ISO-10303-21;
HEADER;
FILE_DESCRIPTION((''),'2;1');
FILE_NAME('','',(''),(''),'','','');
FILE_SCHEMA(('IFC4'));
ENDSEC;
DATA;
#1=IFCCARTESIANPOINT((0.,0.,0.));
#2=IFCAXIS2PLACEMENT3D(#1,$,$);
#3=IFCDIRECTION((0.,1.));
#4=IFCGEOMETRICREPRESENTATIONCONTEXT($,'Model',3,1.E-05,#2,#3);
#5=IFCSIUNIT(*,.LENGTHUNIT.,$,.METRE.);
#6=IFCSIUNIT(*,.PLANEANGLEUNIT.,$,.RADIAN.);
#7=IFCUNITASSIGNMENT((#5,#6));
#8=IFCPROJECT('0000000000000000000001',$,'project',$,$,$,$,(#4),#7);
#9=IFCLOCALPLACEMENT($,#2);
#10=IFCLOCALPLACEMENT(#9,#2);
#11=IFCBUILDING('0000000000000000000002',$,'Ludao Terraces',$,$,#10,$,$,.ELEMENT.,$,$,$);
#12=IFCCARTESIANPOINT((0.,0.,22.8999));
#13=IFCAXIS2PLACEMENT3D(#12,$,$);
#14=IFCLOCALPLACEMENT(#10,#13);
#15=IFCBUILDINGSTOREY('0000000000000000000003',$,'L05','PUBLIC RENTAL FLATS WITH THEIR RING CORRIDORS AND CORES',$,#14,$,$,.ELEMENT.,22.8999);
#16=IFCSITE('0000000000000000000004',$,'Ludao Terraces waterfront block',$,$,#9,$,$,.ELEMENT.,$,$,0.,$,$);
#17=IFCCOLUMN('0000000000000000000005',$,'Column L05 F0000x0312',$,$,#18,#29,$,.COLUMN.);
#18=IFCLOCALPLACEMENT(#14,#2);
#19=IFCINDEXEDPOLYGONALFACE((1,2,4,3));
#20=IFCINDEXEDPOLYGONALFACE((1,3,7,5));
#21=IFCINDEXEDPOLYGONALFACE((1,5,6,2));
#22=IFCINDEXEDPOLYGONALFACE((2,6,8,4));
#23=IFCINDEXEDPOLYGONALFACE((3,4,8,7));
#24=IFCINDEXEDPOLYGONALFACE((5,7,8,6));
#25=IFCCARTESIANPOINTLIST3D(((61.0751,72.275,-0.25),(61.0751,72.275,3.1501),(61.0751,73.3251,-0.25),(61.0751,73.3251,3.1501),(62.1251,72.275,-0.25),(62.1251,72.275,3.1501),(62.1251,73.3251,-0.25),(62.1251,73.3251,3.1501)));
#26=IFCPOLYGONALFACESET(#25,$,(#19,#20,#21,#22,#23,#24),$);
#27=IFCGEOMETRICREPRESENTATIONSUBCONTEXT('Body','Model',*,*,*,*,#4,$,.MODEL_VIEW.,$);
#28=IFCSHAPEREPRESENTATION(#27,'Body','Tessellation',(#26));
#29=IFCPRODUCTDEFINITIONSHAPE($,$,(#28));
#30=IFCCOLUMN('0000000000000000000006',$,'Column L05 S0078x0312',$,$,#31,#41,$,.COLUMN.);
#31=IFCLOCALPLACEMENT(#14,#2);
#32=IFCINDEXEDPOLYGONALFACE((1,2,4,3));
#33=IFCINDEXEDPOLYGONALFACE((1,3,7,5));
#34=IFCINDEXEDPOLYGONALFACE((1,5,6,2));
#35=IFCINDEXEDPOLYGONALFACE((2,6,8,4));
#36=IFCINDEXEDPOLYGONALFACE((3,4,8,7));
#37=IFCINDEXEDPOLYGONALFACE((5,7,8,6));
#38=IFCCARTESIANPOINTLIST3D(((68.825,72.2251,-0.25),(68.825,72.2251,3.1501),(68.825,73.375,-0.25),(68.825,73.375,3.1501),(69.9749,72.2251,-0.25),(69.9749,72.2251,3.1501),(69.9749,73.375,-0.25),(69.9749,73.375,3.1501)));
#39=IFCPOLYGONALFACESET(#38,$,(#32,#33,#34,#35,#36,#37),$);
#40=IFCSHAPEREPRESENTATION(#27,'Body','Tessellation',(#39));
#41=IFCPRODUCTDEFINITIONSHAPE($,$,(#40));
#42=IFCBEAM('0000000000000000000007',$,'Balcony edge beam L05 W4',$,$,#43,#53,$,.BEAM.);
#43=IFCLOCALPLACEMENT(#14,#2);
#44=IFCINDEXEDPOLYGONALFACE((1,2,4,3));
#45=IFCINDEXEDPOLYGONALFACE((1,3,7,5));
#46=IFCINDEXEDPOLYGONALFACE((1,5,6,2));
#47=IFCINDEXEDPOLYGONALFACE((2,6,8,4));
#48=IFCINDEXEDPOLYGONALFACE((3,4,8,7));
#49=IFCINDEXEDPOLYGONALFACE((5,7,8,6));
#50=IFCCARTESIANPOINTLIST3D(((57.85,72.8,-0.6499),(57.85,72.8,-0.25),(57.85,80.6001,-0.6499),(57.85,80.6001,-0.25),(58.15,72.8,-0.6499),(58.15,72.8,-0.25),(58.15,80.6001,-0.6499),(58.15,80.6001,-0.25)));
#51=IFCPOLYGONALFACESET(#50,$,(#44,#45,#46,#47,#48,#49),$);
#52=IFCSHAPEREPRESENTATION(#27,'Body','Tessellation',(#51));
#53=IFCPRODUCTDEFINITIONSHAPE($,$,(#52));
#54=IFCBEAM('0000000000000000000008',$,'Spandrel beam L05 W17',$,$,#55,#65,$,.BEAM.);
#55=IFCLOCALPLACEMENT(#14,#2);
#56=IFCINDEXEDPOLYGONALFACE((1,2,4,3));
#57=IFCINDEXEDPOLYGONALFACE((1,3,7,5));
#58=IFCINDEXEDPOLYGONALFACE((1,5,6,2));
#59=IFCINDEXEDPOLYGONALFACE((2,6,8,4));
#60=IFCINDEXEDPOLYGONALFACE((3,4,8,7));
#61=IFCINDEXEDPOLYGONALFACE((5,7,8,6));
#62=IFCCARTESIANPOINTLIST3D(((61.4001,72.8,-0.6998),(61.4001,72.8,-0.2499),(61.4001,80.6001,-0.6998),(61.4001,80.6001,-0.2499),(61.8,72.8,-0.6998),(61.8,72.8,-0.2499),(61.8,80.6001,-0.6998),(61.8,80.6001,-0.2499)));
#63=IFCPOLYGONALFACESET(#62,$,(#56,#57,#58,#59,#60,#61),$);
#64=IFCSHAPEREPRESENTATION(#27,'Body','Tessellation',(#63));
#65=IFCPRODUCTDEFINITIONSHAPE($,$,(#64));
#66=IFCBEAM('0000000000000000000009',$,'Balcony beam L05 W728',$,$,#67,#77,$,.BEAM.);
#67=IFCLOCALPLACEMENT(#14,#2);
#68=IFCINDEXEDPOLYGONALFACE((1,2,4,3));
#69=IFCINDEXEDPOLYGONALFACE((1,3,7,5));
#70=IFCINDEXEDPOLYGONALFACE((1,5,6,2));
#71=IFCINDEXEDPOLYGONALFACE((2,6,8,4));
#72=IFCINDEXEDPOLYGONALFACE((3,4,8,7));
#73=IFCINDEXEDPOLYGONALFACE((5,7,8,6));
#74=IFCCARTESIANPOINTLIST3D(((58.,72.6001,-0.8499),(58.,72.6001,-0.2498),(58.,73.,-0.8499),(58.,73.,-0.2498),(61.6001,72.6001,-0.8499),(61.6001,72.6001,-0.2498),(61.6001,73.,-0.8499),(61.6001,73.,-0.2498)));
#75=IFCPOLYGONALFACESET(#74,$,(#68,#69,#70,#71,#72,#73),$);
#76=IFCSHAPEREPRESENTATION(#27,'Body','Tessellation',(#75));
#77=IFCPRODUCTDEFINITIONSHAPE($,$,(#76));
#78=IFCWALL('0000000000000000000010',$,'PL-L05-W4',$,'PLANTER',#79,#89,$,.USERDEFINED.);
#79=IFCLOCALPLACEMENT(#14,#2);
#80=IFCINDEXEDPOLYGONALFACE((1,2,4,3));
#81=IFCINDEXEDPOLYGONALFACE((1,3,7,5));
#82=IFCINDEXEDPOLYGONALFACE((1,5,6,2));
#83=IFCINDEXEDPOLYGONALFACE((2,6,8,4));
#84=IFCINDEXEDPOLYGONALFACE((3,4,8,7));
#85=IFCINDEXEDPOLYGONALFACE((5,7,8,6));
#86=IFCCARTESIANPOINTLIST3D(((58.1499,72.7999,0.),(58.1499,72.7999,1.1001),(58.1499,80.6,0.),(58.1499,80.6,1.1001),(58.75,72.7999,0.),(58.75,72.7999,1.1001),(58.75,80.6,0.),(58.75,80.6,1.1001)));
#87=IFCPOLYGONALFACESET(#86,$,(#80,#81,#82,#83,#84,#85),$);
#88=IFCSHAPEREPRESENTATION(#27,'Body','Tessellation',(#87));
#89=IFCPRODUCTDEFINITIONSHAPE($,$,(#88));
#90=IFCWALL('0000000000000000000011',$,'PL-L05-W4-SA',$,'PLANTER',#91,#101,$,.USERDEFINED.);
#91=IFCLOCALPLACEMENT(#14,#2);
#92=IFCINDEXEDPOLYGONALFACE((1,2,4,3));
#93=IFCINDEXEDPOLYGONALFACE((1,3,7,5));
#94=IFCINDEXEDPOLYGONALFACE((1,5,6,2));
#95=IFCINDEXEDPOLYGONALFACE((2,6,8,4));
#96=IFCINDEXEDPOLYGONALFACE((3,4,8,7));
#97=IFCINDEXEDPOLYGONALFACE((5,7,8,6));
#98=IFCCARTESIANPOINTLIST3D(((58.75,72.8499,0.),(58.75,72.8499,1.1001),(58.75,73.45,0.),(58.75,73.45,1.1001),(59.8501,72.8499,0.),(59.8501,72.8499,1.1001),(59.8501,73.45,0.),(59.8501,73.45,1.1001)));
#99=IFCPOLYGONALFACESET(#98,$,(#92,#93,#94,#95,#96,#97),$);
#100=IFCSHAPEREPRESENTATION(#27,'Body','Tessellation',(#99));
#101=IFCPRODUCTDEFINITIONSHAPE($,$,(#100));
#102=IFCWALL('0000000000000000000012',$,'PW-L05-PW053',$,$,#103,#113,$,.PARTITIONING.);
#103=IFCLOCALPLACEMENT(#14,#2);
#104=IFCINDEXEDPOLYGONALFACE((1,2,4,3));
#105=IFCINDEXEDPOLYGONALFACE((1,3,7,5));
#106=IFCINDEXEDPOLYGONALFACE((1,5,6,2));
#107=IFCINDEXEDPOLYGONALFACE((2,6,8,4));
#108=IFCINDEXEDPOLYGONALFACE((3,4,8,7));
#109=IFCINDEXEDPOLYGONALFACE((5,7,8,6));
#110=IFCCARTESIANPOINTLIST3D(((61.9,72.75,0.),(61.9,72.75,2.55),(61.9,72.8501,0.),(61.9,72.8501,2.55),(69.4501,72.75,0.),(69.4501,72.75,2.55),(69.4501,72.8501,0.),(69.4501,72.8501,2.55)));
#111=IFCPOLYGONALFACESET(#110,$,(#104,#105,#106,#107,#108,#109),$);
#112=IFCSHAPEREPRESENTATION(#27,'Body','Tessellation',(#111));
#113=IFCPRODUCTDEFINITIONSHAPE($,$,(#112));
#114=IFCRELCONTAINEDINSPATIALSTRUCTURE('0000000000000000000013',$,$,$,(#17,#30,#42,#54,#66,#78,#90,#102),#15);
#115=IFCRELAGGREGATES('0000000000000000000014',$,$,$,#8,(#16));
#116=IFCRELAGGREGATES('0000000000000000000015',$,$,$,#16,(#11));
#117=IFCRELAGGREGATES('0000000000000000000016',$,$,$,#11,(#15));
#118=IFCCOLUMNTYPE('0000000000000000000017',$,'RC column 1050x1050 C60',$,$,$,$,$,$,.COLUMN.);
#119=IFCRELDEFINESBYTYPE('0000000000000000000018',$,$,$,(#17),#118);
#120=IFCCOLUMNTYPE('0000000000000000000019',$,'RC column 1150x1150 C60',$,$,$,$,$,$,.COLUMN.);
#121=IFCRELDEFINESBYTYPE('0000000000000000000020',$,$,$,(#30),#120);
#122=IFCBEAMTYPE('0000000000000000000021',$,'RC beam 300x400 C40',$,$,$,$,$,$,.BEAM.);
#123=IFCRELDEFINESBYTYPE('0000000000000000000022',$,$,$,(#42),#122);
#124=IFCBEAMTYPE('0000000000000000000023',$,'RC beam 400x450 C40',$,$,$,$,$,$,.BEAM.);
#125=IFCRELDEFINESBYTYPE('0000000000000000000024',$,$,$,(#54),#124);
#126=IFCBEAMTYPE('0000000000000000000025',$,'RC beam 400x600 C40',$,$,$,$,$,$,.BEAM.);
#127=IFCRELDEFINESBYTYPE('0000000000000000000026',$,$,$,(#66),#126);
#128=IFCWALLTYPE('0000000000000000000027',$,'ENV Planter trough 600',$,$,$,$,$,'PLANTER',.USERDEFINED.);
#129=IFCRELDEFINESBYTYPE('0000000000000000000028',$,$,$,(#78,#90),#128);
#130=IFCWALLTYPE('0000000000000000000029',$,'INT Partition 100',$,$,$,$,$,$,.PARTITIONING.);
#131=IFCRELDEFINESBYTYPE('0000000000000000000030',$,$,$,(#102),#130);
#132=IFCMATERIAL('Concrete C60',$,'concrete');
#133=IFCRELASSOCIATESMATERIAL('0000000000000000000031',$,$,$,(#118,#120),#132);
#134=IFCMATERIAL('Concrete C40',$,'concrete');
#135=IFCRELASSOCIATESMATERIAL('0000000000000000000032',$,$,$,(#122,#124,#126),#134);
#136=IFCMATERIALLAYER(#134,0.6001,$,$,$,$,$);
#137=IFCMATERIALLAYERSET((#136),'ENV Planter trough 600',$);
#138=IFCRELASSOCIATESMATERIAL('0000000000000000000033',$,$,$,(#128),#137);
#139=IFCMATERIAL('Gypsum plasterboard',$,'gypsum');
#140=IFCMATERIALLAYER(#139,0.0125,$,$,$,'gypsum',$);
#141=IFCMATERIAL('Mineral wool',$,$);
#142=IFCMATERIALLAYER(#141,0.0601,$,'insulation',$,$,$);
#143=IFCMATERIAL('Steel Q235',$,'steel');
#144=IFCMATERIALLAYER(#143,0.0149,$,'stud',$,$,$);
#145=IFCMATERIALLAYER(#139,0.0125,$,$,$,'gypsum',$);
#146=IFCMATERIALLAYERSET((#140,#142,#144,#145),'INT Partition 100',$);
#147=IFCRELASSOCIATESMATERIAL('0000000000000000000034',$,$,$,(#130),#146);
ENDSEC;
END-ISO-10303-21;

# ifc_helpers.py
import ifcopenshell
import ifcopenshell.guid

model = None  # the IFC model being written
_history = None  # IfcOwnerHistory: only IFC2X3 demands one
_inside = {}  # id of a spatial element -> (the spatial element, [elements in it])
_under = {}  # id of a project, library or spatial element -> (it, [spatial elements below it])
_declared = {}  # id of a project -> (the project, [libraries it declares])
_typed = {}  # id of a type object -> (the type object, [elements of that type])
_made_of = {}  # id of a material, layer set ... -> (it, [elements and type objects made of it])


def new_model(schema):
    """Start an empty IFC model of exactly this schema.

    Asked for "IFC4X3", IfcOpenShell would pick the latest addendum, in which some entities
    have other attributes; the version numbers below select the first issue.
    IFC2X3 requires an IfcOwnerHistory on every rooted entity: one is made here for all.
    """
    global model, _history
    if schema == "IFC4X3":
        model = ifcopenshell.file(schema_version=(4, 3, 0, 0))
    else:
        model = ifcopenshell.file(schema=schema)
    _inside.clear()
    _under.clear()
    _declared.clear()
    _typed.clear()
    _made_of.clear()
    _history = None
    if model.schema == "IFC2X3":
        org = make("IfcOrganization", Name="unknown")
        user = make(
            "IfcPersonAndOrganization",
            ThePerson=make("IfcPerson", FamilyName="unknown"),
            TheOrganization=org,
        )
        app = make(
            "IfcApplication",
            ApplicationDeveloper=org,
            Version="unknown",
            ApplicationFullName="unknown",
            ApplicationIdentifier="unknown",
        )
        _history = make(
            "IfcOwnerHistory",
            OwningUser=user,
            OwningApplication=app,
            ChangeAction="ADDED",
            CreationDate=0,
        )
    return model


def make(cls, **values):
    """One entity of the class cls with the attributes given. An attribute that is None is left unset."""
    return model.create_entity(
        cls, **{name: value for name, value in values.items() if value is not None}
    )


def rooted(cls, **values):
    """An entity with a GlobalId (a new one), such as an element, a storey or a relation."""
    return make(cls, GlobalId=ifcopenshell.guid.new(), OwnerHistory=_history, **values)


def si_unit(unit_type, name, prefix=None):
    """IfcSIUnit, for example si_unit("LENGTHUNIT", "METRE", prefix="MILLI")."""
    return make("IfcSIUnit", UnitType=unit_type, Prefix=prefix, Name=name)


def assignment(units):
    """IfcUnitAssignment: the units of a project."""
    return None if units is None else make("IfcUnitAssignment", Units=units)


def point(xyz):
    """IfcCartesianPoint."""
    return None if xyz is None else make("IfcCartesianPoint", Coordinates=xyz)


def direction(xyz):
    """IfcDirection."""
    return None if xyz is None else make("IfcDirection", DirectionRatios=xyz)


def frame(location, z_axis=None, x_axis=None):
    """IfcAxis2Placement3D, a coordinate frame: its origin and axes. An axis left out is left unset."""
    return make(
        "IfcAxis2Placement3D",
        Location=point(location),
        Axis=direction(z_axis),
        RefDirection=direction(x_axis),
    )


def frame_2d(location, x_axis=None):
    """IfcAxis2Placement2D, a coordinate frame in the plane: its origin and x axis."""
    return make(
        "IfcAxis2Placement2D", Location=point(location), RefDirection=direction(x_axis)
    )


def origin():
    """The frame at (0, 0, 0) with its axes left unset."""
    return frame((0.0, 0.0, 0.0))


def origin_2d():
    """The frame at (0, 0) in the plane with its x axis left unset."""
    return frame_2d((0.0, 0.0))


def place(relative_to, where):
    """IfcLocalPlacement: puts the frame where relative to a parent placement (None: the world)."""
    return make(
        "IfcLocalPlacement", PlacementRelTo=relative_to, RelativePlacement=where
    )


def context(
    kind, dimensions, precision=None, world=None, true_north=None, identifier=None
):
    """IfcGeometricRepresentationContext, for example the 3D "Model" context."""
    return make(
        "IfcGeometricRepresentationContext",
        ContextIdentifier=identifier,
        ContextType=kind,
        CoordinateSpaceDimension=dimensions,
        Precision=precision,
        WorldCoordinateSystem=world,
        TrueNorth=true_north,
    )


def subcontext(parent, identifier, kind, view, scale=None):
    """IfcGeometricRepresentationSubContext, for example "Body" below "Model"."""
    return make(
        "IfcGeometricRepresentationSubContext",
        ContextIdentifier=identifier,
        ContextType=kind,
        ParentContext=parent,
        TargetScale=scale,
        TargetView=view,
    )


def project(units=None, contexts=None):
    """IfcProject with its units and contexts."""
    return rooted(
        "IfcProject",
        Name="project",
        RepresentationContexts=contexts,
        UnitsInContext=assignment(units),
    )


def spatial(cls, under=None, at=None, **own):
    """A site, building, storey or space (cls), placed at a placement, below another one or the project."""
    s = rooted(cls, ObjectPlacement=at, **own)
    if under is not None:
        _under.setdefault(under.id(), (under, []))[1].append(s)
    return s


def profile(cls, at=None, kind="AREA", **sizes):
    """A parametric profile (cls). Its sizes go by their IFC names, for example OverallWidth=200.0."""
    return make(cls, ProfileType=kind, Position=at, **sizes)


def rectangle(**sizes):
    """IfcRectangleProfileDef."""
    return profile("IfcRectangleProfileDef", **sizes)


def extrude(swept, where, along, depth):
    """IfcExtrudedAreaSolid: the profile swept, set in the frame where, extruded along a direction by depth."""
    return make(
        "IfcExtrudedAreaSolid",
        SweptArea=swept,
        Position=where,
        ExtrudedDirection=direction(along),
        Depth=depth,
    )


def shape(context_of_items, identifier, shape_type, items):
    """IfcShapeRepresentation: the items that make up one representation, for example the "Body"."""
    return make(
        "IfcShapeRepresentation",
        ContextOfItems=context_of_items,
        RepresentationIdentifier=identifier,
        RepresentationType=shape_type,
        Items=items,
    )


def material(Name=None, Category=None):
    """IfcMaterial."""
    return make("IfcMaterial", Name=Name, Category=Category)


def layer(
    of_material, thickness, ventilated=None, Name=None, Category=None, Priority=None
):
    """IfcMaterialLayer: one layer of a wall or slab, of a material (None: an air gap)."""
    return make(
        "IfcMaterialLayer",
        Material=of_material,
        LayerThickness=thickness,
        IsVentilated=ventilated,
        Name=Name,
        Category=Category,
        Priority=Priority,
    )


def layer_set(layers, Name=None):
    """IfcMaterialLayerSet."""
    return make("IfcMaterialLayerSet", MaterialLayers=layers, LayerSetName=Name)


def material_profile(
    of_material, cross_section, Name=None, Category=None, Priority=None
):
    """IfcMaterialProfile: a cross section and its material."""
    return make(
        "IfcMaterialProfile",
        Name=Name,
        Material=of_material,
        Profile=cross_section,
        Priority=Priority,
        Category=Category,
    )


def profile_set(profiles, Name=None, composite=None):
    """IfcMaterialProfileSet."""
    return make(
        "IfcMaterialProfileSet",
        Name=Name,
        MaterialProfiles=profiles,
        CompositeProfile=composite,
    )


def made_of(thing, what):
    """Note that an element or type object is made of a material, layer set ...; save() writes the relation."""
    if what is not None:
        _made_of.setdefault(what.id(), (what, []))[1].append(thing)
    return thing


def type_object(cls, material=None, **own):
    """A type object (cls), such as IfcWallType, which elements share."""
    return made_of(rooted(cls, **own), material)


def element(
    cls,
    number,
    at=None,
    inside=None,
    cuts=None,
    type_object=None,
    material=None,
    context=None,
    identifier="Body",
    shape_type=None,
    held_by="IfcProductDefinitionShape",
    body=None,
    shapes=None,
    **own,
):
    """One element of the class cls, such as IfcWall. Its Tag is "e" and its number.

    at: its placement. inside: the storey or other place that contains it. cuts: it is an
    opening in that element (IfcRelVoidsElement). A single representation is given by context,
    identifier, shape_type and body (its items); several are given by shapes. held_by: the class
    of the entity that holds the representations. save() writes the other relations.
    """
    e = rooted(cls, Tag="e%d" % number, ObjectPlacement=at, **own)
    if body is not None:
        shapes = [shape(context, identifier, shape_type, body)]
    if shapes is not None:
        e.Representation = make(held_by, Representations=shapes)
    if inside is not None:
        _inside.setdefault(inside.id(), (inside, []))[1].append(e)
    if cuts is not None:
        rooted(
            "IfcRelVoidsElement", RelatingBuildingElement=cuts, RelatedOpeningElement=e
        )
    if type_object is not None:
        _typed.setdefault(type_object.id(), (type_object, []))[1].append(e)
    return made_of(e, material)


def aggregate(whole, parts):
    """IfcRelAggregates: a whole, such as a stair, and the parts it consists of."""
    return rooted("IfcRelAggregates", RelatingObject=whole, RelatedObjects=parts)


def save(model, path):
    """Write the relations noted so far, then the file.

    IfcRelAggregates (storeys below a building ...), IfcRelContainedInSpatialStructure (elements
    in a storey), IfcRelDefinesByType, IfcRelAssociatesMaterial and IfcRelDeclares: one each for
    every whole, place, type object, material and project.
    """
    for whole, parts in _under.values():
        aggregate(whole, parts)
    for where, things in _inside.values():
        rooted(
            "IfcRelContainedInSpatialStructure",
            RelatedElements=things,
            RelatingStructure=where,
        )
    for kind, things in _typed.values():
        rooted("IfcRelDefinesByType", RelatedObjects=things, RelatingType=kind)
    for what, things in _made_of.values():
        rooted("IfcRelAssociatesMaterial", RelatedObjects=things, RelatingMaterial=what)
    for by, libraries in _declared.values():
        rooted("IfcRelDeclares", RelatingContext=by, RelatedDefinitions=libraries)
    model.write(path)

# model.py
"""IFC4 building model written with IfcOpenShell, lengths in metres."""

from ifc_helpers import new_model, si_unit, direction, frame, frame_2d, origin, origin_2d, place, context, subcontext, project, spatial, rectangle, extrude, material, layer, layer_set, material_profile, profile_set, type_object, element, save


model = new_model("IFC4")

# Units and contexts
model_context = context("Model", 3, precision=1e-05, world=origin(), true_north=direction((0.0, 1.0)))
body_context = subcontext(model_context, "Body", "Model", "MODEL_VIEW")
ifc_project = project(units=[si_unit("LENGTHUNIT", "METRE"), si_unit("PLANEANGLEUNIT", "RADIAN")], contexts=[model_context])

# Site, building, storey
site_placement = place(None, origin())
site = spatial("IfcSite", under=ifc_project, at=site_placement, Name="Ludao Terraces waterfront block", CompositionType="ELEMENT", RefElevation=0.0)
building_placement = place(site_placement, origin())
building = spatial("IfcBuilding", under=site, at=building_placement, Name="Ludao Terraces", CompositionType="ELEMENT")
storey_placement = place(building_placement, frame((0.0, 0.0, 22.8999)))
storey = spatial("IfcBuildingStorey", under=building, at=storey_placement, Name="L05", Description="PUBLIC RENTAL FLATS WITH THEIR RING CORRIDORS AND CORES", CompositionType="ELEMENT", Elevation=22.8999)

# Columns
ifc_material_1 = material(Name="Concrete C60", Category="concrete")
ifc_material_profile_1 = material_profile(ifc_material_1, rectangle(XDim=1.05, YDim=1.05, at=origin_2d()), Name="1050 X 1050")
ifc_profile_set_1 = profile_set([ifc_material_profile_1], Name="Concrete C60")
column_type_1 = type_object("IfcColumnType", Name="RC column 1050x1050 C60", PredefinedType="COLUMN", material=ifc_profile_set_1)
column_1_placement = place(storey_placement, frame((61.6001, 72.8, -0.25), z_axis=(0.0, 0.0, 1.0), x_axis=(1.0, 0.0, 0.0)))
element("IfcColumn", 1, at=column_1_placement, inside=storey, type_object=column_type_1, Name="Column L05 F0000x0312", PredefinedType="COLUMN", context=body_context, shape_type="SweptSolid", body=[
    extrude(rectangle(XDim=1.05, YDim=1.05, at=origin_2d()), origin(), (0.0, 0.0, 1.0), 3.4001),
])
ifc_material_profile_2 = material_profile(ifc_material_1, rectangle(XDim=1.1499, YDim=1.1499, at=origin_2d()), Name="1150 X 1150")
ifc_profile_set_2 = profile_set([ifc_material_profile_2], Name="Concrete C60")
column_type_2 = type_object("IfcColumnType", Name="RC column 1150x1150 C60", PredefinedType="COLUMN", material=ifc_profile_set_2)
column_2_placement = place(storey_placement, frame((69.3999, 72.8, -0.25), z_axis=(0.0, 0.0, 1.0), x_axis=(1.0, 0.0, 0.0)))
element("IfcColumn", 2, at=column_2_placement, inside=storey, type_object=column_type_2, Name="Column L05 S0078x0312", PredefinedType="COLUMN", context=body_context, shape_type="SweptSolid", body=[
    extrude(rectangle(XDim=1.1499, YDim=1.1499, at=origin_2d()), origin(), (0.0, 0.0, 1.0), 3.4001),
])

# Beams
ifc_material_2 = material(Name="Concrete C40", Category="concrete")
ifc_material_profile_3 = material_profile(ifc_material_2, rectangle(XDim=0.3, YDim=0.3999, at=origin_2d()), Name="300 X 400")
ifc_profile_set_3 = profile_set([ifc_material_profile_3], Name="Concrete C40")
beam_type_1 = type_object("IfcBeamType", Name="RC beam 300x400 C40", PredefinedType="BEAM", material=ifc_profile_set_3)
beam_1_placement = place(storey_placement, frame((58.0, 72.8, -0.45), z_axis=(0.0, 1.0, 0.0), x_axis=(-1.0, 0.0, 0.0)))
element("IfcBeam", 3, at=beam_1_placement, inside=storey, type_object=beam_type_1, Name="Balcony edge beam L05 W4", PredefinedType="BEAM", context=body_context, shape_type="SweptSolid", body=[
    extrude(rectangle(XDim=0.3, YDim=0.3999, at=origin_2d()), origin(), (0.0, 0.0, 1.0), 7.8),
])
ifc_material_profile_4 = material_profile(ifc_material_2, rectangle(XDim=0.3999, YDim=0.45, at=origin_2d()), Name="400 X 450")
ifc_profile_set_4 = profile_set([ifc_material_profile_4], Name="Concrete C40")
beam_type_2 = type_object("IfcBeamType", Name="RC beam 400x450 C40", PredefinedType="BEAM", material=ifc_profile_set_4)
beam_2_placement = place(storey_placement, frame((61.6001, 72.8, -0.4749), z_axis=(0.0, 1.0, 0.0), x_axis=(-1.0, 0.0, 0.0)))
element("IfcBeam", 4, at=beam_2_placement, inside=storey, type_object=beam_type_2, Name="Spandrel beam L05 W17", PredefinedType="BEAM", context=body_context, shape_type="SweptSolid", body=[
    extrude(rectangle(XDim=0.3999, YDim=0.45, at=origin_2d()), origin(), (0.0, 0.0, 1.0), 7.8),
])
ifc_material_profile_5 = material_profile(ifc_material_2, rectangle(XDim=0.3999, YDim=0.6001, at=origin_2d()), Name="400 X 600")
ifc_profile_set_5 = profile_set([ifc_material_profile_5], Name="Concrete C40")
beam_type_3 = type_object("IfcBeamType", Name="RC beam 400x600 C40", PredefinedType="BEAM", material=ifc_profile_set_5)
beam_3_placement = place(storey_placement, frame((61.6001, 72.8, -0.5498), z_axis=(-1.0, 0.0, 0.0), x_axis=(0.0, -1.0, 0.0)))
element("IfcBeam", 5, at=beam_3_placement, inside=storey, type_object=beam_type_3, Name="Balcony beam L05 W728", PredefinedType="BEAM", context=body_context, shape_type="SweptSolid", body=[
    extrude(rectangle(XDim=0.3999, YDim=0.6001, at=origin_2d()), origin(), (0.0, 0.0, 1.0), 3.6001),
])

# Walls
ifc_layer_1 = layer(ifc_material_2, 0.6001)
ifc_layer_set_1 = layer_set([ifc_layer_1], Name="ENV Planter trough 600")
wall_type_1 = type_object("IfcWallType", Name="ENV Planter trough 600", ElementType="PLANTER", PredefinedType="USERDEFINED", material=ifc_layer_set_1)
wall_1_placement = place(storey_placement, frame((58.45, 72.8, 0.0), z_axis=(0.0, 0.0, 1.0), x_axis=(0.0, 1.0, 0.0)))
element("IfcWall", 6, at=wall_1_placement, inside=storey, type_object=wall_type_1, Name="PL-L05-W4", ObjectType="PLANTER", PredefinedType="USERDEFINED", context=body_context, shape_type="SweptSolid", body=[
    extrude(rectangle(XDim=7.8, YDim=0.6001, at=frame_2d((3.8999, 0.0))), origin(), (0.0, 0.0, 1.0), 1.1001),
])
wall_2_placement = place(storey_placement, frame((58.75, 73.1499, 0.0), z_axis=(0.0, 0.0, 1.0), x_axis=(1.0, 0.0, 0.0)))
element("IfcWall", 7, at=wall_2_placement, inside=storey, type_object=wall_type_1, Name="PL-L05-W4-SA", ObjectType="PLANTER", PredefinedType="USERDEFINED", context=body_context, shape_type="SweptSolid", body=[
    extrude(rectangle(XDim=1.1001, YDim=0.6001, at=frame_2d((0.55, 0.0))), origin(), (0.0, 0.0, 1.0), 1.1001),
])

# Shared definitions
ifc_material_3 = material(Name="Mineral wool")

# Wall
ifc_material_4 = material(Name="Gypsum plasterboard", Category="gypsum")
ifc_layer_2 = layer(ifc_material_4, 0.0125, Category="gypsum")
ifc_layer_3 = layer(ifc_material_3, 0.0601, Name="insulation")
ifc_material_5 = material(Name="Steel Q235", Category="steel")
ifc_layer_4 = layer(ifc_material_5, 0.0149, Name="stud")
ifc_layer_5 = layer(ifc_material_4, 0.0125, Category="gypsum")
ifc_layer_set_2 = layer_set([ifc_layer_2, ifc_layer_3, ifc_layer_4, ifc_layer_5], Name="INT Partition 100")
wall_type_2 = type_object("IfcWallType", Name="INT Partition 100", PredefinedType="PARTITIONING", material=ifc_layer_set_2)
wall_3_placement = place(storey_placement, frame((61.9001, 72.8, 0.0), z_axis=(0.0, 0.0, 1.0), x_axis=(1.0, 0.0, 0.0)))
element("IfcWall", 8, at=wall_3_placement, inside=storey, type_object=wall_type_2, Name="PW-L05-PW053", PredefinedType="PARTITIONING", context=body_context, shape_type="SweptSolid", body=[
    extrude(rectangle(XDim=7.55, YDim=0.1001, at=frame_2d((3.7749, 0.0))), origin(), (0.0, 0.0, 1.0), 2.55),
])

save(model, "model.ifc")
